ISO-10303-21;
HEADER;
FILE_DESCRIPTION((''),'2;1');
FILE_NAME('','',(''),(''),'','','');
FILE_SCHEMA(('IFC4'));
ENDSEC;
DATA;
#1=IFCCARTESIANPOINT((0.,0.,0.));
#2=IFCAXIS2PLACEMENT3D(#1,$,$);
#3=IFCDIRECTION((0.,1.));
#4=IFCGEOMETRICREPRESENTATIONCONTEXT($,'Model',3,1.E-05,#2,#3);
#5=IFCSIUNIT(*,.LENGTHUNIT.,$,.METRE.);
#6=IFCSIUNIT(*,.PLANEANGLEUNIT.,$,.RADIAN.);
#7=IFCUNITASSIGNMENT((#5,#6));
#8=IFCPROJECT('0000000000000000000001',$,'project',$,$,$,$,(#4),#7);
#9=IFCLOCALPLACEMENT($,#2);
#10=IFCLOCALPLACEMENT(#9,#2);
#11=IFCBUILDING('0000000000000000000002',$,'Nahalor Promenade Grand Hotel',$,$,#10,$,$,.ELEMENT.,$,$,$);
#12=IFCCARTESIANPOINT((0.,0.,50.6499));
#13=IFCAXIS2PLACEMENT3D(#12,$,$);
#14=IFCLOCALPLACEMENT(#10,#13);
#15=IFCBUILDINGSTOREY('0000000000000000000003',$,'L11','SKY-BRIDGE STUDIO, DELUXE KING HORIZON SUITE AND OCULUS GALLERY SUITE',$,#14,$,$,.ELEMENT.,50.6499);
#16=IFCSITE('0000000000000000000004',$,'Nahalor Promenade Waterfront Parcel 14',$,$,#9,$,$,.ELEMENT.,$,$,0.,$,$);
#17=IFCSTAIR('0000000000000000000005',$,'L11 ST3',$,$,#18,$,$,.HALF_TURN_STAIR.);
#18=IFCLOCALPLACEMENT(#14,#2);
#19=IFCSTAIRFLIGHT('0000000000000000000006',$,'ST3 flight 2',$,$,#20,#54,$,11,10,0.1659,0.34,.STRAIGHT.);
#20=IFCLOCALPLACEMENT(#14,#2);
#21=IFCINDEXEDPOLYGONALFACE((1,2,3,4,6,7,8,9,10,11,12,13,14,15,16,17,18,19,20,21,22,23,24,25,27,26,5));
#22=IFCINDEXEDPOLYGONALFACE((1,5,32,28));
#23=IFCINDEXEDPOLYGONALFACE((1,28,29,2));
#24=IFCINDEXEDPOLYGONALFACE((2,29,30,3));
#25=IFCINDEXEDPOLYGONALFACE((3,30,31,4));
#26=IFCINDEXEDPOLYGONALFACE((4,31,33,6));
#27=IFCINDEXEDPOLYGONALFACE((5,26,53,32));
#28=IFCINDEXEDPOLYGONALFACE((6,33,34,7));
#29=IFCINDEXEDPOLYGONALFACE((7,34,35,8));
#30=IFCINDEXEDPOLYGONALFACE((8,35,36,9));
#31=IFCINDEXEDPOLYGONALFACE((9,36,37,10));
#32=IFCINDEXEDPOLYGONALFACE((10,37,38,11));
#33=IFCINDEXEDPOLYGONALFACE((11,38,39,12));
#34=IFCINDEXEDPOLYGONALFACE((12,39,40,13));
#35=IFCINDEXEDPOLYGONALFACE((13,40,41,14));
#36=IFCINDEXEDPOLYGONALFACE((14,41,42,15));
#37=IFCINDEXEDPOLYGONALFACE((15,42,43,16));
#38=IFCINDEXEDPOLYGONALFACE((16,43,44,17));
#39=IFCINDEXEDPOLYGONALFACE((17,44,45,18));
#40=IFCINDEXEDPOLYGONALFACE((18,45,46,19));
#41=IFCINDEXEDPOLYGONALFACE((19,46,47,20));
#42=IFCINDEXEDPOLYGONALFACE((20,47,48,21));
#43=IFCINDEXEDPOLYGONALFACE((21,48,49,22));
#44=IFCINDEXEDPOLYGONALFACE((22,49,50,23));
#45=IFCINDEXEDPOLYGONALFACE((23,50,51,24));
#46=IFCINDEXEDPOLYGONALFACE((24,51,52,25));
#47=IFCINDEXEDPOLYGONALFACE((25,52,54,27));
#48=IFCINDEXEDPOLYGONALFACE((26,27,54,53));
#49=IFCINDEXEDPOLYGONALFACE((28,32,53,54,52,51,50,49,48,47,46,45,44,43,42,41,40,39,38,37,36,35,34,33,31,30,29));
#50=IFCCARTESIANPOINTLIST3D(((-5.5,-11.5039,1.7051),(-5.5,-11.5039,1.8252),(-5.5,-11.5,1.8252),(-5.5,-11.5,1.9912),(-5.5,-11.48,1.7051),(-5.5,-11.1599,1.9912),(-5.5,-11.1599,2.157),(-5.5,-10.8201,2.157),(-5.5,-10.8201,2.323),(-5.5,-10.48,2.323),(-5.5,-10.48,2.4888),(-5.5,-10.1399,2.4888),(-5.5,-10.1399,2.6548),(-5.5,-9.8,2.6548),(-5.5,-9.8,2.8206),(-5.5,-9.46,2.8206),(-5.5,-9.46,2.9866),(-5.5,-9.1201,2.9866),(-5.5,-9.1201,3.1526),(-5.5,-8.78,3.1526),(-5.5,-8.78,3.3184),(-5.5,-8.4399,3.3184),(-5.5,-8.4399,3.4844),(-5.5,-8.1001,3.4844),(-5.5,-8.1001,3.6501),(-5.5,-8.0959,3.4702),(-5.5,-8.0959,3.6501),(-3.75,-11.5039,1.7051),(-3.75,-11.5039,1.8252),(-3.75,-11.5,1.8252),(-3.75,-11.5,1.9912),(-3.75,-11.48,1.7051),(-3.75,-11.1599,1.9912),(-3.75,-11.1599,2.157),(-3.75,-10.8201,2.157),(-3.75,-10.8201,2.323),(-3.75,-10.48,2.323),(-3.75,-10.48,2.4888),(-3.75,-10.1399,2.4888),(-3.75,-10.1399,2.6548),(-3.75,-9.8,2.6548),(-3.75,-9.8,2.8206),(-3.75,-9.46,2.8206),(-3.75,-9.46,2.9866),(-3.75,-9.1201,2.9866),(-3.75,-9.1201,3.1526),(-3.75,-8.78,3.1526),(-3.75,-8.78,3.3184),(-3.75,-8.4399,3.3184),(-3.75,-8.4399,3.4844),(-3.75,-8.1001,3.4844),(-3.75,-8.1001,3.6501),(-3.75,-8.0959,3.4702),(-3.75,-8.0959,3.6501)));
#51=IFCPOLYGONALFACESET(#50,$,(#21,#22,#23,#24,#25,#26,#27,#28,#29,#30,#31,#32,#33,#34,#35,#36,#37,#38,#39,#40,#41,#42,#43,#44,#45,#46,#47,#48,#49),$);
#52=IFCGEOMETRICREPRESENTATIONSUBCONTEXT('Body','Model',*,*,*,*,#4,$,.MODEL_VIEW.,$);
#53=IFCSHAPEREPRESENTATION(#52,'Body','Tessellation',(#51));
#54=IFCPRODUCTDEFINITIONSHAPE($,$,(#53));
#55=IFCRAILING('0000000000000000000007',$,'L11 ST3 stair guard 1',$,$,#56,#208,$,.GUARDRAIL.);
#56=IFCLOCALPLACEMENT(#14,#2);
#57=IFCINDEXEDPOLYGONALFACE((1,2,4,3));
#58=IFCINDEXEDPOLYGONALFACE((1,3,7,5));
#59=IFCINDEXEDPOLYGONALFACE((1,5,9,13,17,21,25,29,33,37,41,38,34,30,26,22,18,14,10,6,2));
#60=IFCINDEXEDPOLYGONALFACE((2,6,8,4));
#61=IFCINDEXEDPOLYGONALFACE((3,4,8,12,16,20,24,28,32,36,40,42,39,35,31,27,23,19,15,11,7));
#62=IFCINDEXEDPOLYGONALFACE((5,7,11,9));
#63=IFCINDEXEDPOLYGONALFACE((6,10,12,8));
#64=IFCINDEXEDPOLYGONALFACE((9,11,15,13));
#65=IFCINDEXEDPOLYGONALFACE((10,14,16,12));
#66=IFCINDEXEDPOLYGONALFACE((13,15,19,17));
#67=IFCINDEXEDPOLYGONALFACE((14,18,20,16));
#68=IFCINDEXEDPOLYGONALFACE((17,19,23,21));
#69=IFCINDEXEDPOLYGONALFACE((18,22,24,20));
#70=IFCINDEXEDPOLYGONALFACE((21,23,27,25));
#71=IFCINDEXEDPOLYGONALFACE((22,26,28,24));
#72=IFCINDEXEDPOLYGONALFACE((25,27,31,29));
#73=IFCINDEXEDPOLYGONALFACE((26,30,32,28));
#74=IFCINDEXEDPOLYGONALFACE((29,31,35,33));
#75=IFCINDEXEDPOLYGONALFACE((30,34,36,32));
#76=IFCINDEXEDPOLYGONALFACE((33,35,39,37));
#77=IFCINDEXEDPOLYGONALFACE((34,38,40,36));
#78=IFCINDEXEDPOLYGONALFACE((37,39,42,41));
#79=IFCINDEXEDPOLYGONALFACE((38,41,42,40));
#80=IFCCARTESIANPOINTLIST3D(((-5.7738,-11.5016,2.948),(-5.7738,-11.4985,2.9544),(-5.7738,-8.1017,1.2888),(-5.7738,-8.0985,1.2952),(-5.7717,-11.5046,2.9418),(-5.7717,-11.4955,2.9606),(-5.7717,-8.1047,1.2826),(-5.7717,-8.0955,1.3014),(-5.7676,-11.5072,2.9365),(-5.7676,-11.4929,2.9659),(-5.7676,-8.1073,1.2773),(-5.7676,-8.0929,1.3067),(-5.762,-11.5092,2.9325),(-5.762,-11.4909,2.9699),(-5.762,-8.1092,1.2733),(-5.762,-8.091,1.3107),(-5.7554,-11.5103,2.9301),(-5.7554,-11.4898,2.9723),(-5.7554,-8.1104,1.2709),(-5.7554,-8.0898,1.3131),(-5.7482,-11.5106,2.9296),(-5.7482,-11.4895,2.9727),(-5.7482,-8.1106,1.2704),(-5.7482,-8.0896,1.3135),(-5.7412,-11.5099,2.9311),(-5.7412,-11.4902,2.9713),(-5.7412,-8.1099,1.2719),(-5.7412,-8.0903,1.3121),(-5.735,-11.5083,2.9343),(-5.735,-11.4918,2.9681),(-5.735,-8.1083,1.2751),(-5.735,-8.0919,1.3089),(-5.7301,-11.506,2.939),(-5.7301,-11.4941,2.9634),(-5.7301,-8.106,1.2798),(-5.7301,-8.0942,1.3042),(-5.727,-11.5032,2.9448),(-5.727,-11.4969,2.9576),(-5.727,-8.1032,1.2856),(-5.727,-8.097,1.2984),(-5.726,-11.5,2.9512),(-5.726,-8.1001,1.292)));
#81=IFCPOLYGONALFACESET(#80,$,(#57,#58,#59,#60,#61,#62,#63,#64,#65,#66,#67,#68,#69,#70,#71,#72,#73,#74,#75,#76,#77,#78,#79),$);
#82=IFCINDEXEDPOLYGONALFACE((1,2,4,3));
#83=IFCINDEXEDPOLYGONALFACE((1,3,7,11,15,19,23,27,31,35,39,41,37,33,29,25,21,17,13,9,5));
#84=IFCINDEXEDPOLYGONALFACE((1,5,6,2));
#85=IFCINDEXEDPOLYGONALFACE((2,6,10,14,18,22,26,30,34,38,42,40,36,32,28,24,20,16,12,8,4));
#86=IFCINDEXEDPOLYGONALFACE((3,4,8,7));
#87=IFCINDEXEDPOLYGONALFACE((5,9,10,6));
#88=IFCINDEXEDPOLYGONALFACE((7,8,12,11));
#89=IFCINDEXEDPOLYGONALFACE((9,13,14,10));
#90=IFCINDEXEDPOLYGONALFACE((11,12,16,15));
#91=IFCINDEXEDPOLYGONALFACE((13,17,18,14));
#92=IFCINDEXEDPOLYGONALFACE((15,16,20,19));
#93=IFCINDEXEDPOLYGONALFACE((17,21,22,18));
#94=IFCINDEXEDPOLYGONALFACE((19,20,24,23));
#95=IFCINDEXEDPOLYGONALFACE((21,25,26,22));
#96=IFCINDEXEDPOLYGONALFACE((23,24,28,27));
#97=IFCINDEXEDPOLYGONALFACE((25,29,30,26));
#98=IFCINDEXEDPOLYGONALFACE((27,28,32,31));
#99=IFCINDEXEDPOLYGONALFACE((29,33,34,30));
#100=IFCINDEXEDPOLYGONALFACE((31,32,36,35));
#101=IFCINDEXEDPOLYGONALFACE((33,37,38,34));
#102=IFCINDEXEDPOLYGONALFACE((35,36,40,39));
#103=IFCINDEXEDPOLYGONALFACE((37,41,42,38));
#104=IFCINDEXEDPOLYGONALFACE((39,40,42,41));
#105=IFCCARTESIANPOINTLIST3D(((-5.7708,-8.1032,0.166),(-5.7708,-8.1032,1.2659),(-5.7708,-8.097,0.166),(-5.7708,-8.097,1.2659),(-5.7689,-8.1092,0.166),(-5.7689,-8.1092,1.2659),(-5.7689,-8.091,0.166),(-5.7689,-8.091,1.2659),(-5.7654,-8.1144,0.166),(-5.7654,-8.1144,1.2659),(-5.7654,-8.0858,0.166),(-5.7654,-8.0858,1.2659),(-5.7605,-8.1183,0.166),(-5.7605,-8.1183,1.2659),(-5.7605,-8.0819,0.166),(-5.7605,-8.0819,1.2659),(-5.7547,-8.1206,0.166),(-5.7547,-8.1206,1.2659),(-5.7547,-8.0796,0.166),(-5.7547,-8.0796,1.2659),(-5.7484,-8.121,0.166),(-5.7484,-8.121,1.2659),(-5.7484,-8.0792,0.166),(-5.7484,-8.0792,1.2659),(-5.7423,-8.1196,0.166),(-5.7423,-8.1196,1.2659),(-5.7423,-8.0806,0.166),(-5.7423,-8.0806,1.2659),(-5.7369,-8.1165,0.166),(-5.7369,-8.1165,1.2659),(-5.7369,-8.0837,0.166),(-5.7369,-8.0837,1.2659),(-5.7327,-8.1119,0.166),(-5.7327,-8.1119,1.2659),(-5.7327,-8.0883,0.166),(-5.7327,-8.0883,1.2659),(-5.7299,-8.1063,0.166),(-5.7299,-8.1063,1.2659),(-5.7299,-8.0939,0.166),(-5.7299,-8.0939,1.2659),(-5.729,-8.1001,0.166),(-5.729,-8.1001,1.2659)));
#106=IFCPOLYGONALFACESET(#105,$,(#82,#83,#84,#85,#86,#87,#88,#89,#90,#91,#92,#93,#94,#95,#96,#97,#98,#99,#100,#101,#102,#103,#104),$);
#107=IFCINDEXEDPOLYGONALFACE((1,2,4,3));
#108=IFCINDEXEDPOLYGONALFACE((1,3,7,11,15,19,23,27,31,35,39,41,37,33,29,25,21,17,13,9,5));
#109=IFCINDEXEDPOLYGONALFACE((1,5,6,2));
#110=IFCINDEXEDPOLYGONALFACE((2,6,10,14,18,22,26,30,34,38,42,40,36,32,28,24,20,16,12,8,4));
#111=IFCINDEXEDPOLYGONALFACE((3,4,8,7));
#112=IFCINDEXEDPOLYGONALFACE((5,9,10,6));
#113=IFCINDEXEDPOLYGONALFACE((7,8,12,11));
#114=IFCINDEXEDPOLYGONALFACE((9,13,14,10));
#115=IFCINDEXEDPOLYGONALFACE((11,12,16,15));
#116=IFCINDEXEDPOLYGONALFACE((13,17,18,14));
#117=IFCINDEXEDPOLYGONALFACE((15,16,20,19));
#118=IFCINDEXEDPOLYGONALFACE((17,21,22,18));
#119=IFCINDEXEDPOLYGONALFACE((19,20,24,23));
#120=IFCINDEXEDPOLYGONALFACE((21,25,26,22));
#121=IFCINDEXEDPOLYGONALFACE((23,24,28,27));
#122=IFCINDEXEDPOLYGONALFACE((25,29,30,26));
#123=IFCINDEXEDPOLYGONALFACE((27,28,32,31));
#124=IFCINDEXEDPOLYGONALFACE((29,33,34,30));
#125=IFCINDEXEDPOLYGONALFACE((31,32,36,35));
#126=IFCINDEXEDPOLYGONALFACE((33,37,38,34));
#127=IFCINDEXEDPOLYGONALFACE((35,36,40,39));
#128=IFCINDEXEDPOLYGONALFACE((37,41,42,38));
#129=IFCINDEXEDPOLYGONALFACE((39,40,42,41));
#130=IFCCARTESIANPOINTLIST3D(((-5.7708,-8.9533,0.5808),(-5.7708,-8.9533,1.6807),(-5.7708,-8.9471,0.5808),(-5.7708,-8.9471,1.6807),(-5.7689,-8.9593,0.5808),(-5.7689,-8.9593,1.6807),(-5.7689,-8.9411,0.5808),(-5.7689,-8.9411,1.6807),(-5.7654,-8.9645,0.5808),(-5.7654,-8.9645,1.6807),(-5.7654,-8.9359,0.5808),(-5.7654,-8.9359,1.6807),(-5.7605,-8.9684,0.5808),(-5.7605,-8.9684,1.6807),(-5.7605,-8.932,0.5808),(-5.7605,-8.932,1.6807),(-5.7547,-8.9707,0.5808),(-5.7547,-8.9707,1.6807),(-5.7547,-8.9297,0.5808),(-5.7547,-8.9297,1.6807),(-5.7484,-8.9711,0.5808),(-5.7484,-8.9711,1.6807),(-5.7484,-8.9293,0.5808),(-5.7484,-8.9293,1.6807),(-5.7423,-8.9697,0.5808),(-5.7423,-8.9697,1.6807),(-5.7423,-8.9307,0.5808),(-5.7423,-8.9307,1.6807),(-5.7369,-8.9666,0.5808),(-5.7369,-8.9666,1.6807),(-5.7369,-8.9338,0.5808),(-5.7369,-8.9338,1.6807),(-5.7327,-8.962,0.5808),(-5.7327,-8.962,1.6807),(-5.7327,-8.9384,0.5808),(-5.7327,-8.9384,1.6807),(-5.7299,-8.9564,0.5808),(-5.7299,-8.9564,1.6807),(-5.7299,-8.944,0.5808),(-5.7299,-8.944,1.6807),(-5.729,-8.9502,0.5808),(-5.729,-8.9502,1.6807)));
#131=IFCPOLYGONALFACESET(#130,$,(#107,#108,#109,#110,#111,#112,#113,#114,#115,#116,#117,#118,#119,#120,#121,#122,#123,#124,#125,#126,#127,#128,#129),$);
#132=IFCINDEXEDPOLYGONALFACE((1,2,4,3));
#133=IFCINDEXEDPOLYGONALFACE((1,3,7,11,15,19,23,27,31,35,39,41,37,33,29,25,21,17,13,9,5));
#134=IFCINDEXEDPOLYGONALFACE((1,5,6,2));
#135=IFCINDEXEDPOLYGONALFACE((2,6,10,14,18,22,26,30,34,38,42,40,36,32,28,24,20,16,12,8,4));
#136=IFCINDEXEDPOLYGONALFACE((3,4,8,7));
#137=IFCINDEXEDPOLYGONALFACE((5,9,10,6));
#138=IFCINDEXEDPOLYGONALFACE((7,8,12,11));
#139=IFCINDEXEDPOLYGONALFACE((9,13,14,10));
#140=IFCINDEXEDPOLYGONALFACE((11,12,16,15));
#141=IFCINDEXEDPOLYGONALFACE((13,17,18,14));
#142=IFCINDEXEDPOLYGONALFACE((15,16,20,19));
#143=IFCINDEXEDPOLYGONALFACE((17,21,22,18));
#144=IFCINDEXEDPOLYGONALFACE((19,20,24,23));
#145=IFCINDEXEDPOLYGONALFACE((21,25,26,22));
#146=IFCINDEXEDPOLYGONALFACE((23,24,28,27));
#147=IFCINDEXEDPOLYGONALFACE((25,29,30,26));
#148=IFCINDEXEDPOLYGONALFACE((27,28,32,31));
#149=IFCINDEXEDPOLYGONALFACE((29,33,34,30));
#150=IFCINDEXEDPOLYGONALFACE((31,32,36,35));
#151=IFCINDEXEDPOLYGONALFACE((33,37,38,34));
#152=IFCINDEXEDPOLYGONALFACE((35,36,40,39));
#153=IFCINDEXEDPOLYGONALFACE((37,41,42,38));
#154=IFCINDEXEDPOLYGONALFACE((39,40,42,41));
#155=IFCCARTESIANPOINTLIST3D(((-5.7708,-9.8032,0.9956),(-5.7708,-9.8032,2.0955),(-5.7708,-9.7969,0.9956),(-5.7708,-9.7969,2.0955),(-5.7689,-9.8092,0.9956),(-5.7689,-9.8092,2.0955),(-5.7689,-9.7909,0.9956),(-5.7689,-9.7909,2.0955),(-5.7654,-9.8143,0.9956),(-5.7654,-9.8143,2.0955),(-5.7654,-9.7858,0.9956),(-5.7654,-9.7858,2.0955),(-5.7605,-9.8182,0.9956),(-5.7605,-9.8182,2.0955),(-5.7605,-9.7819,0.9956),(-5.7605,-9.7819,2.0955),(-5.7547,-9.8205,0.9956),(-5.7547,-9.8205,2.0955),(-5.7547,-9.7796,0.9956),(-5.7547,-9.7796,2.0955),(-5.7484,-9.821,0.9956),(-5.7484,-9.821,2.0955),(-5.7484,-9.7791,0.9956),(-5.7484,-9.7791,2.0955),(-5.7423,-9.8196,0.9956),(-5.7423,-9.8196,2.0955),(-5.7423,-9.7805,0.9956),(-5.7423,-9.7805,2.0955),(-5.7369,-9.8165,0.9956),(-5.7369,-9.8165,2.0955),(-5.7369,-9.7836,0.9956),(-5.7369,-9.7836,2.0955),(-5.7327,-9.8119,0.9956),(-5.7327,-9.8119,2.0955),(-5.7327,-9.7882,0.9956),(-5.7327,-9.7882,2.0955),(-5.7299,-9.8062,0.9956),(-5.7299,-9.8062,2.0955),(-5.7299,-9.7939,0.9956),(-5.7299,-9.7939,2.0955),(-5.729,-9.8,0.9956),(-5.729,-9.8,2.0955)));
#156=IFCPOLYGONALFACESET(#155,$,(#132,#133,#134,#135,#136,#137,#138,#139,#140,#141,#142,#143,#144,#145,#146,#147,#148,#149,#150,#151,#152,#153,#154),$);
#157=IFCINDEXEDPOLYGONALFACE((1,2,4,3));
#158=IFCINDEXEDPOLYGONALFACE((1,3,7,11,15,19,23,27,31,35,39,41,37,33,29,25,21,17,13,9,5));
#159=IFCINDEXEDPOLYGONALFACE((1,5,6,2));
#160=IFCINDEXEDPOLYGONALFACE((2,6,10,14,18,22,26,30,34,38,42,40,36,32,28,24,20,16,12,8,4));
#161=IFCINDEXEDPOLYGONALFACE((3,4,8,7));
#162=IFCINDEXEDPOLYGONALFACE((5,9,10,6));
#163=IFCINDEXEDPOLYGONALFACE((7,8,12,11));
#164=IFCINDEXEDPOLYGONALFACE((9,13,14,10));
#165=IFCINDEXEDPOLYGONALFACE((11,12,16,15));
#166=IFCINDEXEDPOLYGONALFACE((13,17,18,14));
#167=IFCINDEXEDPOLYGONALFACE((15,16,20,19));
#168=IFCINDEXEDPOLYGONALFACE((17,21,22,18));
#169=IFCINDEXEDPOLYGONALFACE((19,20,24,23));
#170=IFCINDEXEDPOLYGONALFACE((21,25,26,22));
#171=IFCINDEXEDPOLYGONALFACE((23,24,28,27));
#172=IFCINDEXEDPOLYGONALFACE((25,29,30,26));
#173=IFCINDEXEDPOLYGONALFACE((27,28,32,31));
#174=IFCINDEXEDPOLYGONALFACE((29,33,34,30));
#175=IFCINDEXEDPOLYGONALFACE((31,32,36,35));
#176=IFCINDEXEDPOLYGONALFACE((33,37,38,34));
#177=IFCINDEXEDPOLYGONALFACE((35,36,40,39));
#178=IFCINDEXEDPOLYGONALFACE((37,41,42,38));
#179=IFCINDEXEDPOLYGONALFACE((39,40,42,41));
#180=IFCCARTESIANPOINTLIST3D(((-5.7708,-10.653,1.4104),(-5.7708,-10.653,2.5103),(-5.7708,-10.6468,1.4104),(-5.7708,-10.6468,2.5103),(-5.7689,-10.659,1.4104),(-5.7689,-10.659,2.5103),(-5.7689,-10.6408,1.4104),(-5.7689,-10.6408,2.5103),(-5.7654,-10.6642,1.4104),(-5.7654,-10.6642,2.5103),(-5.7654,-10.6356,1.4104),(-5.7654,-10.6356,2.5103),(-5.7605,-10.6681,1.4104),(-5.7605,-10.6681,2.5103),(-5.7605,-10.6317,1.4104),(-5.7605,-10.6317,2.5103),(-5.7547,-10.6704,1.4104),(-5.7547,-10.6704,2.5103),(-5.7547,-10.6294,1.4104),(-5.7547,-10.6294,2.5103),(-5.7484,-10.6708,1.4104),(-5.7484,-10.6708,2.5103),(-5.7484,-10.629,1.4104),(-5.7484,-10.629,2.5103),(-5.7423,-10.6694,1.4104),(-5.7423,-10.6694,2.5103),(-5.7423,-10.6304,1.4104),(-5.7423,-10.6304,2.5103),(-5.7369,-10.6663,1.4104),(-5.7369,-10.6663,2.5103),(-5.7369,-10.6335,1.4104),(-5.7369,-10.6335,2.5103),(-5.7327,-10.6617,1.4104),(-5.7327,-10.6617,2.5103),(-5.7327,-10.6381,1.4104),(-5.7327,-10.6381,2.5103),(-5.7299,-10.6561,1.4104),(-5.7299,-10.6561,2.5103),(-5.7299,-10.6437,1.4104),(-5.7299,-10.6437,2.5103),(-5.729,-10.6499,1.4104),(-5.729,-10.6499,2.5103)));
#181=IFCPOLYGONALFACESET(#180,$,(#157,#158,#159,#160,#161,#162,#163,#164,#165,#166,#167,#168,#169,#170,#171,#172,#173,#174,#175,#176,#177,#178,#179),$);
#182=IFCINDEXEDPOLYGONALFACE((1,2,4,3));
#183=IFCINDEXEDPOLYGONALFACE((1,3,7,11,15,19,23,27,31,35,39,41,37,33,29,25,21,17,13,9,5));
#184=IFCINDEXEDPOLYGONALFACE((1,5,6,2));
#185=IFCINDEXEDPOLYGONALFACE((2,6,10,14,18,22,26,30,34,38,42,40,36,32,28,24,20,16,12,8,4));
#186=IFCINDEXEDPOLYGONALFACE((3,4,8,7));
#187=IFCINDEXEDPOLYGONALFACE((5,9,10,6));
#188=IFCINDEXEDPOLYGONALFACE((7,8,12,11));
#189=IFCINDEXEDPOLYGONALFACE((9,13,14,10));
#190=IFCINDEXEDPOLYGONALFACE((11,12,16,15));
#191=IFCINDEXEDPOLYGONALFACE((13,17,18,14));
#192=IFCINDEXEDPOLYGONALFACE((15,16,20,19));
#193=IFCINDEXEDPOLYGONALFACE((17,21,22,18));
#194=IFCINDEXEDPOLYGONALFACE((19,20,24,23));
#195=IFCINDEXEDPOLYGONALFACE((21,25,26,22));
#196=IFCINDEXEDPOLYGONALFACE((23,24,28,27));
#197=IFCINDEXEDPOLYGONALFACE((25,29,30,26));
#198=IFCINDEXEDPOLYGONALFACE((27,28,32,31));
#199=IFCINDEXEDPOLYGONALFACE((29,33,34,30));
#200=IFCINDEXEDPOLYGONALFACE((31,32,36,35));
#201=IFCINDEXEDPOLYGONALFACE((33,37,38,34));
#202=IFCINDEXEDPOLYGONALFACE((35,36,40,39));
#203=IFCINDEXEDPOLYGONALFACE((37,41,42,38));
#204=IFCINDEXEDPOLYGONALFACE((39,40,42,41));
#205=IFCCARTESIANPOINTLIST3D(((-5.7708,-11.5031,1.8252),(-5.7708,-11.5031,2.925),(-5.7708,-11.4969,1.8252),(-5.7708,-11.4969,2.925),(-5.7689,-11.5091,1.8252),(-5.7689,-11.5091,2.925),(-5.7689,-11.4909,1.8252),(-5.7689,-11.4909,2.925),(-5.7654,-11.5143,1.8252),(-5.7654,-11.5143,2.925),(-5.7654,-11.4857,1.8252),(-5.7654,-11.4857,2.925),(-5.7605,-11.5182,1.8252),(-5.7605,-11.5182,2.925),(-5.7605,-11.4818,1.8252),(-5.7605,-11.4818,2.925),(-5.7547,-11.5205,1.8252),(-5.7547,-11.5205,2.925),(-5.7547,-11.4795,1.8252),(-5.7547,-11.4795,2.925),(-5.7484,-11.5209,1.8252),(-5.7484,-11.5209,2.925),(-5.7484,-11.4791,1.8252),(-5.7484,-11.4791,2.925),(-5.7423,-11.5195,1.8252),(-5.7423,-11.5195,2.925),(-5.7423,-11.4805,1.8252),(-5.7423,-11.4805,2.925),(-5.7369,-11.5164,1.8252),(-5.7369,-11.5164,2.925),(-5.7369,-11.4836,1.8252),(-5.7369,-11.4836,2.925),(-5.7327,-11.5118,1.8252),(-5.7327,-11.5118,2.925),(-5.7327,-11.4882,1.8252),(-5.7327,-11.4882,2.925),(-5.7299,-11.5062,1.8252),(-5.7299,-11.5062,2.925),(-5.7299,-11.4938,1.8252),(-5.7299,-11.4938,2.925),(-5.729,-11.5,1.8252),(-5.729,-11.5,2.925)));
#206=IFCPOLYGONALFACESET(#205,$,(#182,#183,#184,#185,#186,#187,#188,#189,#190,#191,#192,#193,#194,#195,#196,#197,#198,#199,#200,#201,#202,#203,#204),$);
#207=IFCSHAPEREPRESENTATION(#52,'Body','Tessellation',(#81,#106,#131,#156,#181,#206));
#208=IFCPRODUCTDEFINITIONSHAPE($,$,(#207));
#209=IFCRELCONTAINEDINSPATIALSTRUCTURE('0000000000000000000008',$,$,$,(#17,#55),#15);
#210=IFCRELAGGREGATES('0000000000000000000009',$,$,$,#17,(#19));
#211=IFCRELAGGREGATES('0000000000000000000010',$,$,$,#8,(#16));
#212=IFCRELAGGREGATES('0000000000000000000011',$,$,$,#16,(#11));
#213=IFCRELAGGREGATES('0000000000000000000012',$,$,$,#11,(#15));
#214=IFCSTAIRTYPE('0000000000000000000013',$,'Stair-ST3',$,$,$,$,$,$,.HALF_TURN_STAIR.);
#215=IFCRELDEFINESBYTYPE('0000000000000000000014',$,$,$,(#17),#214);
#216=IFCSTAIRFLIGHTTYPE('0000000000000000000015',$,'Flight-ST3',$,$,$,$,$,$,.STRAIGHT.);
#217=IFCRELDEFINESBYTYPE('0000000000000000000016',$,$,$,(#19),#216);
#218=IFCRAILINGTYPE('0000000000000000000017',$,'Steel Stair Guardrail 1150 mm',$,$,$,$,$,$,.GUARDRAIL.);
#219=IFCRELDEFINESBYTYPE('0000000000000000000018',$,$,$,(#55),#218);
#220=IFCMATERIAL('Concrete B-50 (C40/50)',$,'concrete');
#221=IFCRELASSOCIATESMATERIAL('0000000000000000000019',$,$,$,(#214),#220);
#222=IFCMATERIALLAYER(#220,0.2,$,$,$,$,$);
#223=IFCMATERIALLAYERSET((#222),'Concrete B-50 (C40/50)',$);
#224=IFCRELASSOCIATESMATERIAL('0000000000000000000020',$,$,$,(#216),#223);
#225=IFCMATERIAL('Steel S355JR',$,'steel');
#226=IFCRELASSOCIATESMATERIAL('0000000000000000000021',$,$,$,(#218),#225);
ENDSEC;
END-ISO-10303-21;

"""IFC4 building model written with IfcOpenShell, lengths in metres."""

from ifc_helpers import new_model, si_unit, direction, frame, origin, origin_2d, place, context, subcontext, project, spatial, polyline, circle, outline, extrude, source, transform, mapped, material, layer, layer_set, type_object, element, aggregate, save


model = new_model("IFC4")

# Units and contexts
model_context = context("Model", 3, precision=1e-05, world=origin(), true_north=direction((0.0, 1.0)))
body_context = subcontext(model_context, "Body", "Model", "MODEL_VIEW")
ifc_project = project(units=[si_unit("LENGTHUNIT", "METRE"), si_unit("PLANEANGLEUNIT", "RADIAN")], contexts=[model_context])

# Site, building, storey
site_placement = place(None, origin())
site = spatial("IfcSite", under=ifc_project, at=site_placement, Name="Nahalor Promenade Waterfront Parcel 14", CompositionType="ELEMENT", RefElevation=0.0)
building_placement = place(site_placement, origin())
building = spatial("IfcBuilding", under=site, at=building_placement, Name="Nahalor Promenade Grand Hotel", CompositionType="ELEMENT")
storey_placement = place(building_placement, frame((0.0, 0.0, 50.6499)))
storey = spatial("IfcBuildingStorey", under=building, at=storey_placement, Name="L11", Description="SKY-BRIDGE STUDIO, DELUXE KING HORIZON SUITE AND OCULUS GALLERY SUITE", CompositionType="ELEMENT", Elevation=50.6499)

# Shared definitions
ifc_material_1 = material(Name="Steel S355JR", Category="steel")

# Shared definitions
ifc_material_2 = material(Name="Concrete B-50 (C40/50)", Category="concrete")

# Stair, stair flight
stair_type = type_object("IfcStairType", Name="Stair-ST3", PredefinedType="HALF_TURN_STAIR", material=ifc_material_2)
stair_placement = place(storey_placement, origin())
stair = element("IfcStair", 1, at=stair_placement, inside=storey, type_object=stair_type, Name="L11 ST3", PredefinedType="HALF_TURN_STAIR")
ifc_layer_1 = layer(ifc_material_2, 0.2)
ifc_layer_set_1 = layer_set([ifc_layer_1], Name="Concrete B-50 (C40/50)")
stair_flight_type = type_object("IfcStairFlightType", Name="Flight-ST3", PredefinedType="STRAIGHT", material=ifc_layer_set_1)
shared_shape_1 = source(origin(), body_context, "Body", "SweptSolid", [
    extrude(outline(polyline([(-0.0039, -0.1201), (-0.0039, 0.0), (0.0, 0.0), (0.0, 0.166), (0.3401, 0.166), (0.3401, 0.3318), (0.6799, 0.3318), (0.6799, 0.4978), (1.02, 0.4978), (1.02, 0.6636), (1.3601, 0.6636), (1.3601, 0.8296), (1.7, 0.8296), (1.7, 0.9954), (2.04, 0.9954), (2.04, 1.1614), (2.3799, 1.1614), (2.3799, 1.3274), (2.72, 1.3274), (2.72, 1.4932), (3.0601, 1.4932), (3.0601, 1.6592), (3.3999, 1.6592), (3.3999, 1.825), (3.4041, 1.825), (3.4041, 1.645), (0.02, -0.1201), (-0.0039, -0.1201)])), frame((0.0, 0.875, 0.0), z_axis=(0.0, -1.0, 0.0), x_axis=(1.0, 0.0, 0.0)), (0.0, 0.0, 1.0), 1.75),
])
stair_flight_1_placement = place(storey_placement, frame((-4.625, -11.5, 1.8252), z_axis=(0.0, 0.0, 1.0), x_axis=(0.0, 1.0, 0.0)))
stair_flight_1 = element("IfcStairFlight", 2, at=stair_flight_1_placement, type_object=stair_flight_type, Name="ST3 flight 2", NumberOfRisers=11, NumberOfTreads=10, PredefinedType="STRAIGHT", RiserHeight=0.1659, TreadLength=0.34, context=body_context, shape_type="MappedRepresentation", body=[
    mapped(shared_shape_1, transform((0.0, 0.0, 0.0), scale=1.0)),
])
aggregate(stair, [stair_flight_1])

# Railing
railing_type_1 = type_object("IfcRailingType", Name="Steel Stair Guardrail 1150 mm", PredefinedType="GUARDRAIL", material=ifc_material_1)
railing_1_placement = place(storey_placement, frame((-5.75, -8.1001, 0.166)))
element("IfcRailing", 3, at=railing_1_placement, inside=storey, type_object=railing_type_1, Name="L11 ST3 stair guard 1", PredefinedType="GUARDRAIL", context=body_context, shape_type="SweptSolid", body=[
    extrude(circle(Radius=0.024, at=origin_2d()), frame((0.0, 0.0, 1.126), z_axis=(0.0, -0.898696, 0.438571), x_axis=(1.0, 0.0, 0.0)), (0.0, 0.0, 1.0), 3.7832),
    extrude(circle(Radius=0.021, at=origin_2d()), origin(), (0.0, 0.0, 1.0), 1.0999),
    extrude(circle(Radius=0.021, at=origin_2d()), frame((0.0, -0.8501, 0.4148)), (0.0, 0.0, 1.0), 1.0999),
    extrude(circle(Radius=0.021, at=origin_2d()), frame((0.0, -1.7, 0.8296)), (0.0, 0.0, 1.0), 1.0999),
    extrude(circle(Radius=0.021, at=origin_2d()), frame((0.0, -2.5498, 1.2444)), (0.0, 0.0, 1.0), 1.0999),
    extrude(circle(Radius=0.021, at=origin_2d()), frame((0.0, -3.3999, 1.6592)), (0.0, 0.0, 1.0), 1.0999),
])

save(model, "model.ifc")
